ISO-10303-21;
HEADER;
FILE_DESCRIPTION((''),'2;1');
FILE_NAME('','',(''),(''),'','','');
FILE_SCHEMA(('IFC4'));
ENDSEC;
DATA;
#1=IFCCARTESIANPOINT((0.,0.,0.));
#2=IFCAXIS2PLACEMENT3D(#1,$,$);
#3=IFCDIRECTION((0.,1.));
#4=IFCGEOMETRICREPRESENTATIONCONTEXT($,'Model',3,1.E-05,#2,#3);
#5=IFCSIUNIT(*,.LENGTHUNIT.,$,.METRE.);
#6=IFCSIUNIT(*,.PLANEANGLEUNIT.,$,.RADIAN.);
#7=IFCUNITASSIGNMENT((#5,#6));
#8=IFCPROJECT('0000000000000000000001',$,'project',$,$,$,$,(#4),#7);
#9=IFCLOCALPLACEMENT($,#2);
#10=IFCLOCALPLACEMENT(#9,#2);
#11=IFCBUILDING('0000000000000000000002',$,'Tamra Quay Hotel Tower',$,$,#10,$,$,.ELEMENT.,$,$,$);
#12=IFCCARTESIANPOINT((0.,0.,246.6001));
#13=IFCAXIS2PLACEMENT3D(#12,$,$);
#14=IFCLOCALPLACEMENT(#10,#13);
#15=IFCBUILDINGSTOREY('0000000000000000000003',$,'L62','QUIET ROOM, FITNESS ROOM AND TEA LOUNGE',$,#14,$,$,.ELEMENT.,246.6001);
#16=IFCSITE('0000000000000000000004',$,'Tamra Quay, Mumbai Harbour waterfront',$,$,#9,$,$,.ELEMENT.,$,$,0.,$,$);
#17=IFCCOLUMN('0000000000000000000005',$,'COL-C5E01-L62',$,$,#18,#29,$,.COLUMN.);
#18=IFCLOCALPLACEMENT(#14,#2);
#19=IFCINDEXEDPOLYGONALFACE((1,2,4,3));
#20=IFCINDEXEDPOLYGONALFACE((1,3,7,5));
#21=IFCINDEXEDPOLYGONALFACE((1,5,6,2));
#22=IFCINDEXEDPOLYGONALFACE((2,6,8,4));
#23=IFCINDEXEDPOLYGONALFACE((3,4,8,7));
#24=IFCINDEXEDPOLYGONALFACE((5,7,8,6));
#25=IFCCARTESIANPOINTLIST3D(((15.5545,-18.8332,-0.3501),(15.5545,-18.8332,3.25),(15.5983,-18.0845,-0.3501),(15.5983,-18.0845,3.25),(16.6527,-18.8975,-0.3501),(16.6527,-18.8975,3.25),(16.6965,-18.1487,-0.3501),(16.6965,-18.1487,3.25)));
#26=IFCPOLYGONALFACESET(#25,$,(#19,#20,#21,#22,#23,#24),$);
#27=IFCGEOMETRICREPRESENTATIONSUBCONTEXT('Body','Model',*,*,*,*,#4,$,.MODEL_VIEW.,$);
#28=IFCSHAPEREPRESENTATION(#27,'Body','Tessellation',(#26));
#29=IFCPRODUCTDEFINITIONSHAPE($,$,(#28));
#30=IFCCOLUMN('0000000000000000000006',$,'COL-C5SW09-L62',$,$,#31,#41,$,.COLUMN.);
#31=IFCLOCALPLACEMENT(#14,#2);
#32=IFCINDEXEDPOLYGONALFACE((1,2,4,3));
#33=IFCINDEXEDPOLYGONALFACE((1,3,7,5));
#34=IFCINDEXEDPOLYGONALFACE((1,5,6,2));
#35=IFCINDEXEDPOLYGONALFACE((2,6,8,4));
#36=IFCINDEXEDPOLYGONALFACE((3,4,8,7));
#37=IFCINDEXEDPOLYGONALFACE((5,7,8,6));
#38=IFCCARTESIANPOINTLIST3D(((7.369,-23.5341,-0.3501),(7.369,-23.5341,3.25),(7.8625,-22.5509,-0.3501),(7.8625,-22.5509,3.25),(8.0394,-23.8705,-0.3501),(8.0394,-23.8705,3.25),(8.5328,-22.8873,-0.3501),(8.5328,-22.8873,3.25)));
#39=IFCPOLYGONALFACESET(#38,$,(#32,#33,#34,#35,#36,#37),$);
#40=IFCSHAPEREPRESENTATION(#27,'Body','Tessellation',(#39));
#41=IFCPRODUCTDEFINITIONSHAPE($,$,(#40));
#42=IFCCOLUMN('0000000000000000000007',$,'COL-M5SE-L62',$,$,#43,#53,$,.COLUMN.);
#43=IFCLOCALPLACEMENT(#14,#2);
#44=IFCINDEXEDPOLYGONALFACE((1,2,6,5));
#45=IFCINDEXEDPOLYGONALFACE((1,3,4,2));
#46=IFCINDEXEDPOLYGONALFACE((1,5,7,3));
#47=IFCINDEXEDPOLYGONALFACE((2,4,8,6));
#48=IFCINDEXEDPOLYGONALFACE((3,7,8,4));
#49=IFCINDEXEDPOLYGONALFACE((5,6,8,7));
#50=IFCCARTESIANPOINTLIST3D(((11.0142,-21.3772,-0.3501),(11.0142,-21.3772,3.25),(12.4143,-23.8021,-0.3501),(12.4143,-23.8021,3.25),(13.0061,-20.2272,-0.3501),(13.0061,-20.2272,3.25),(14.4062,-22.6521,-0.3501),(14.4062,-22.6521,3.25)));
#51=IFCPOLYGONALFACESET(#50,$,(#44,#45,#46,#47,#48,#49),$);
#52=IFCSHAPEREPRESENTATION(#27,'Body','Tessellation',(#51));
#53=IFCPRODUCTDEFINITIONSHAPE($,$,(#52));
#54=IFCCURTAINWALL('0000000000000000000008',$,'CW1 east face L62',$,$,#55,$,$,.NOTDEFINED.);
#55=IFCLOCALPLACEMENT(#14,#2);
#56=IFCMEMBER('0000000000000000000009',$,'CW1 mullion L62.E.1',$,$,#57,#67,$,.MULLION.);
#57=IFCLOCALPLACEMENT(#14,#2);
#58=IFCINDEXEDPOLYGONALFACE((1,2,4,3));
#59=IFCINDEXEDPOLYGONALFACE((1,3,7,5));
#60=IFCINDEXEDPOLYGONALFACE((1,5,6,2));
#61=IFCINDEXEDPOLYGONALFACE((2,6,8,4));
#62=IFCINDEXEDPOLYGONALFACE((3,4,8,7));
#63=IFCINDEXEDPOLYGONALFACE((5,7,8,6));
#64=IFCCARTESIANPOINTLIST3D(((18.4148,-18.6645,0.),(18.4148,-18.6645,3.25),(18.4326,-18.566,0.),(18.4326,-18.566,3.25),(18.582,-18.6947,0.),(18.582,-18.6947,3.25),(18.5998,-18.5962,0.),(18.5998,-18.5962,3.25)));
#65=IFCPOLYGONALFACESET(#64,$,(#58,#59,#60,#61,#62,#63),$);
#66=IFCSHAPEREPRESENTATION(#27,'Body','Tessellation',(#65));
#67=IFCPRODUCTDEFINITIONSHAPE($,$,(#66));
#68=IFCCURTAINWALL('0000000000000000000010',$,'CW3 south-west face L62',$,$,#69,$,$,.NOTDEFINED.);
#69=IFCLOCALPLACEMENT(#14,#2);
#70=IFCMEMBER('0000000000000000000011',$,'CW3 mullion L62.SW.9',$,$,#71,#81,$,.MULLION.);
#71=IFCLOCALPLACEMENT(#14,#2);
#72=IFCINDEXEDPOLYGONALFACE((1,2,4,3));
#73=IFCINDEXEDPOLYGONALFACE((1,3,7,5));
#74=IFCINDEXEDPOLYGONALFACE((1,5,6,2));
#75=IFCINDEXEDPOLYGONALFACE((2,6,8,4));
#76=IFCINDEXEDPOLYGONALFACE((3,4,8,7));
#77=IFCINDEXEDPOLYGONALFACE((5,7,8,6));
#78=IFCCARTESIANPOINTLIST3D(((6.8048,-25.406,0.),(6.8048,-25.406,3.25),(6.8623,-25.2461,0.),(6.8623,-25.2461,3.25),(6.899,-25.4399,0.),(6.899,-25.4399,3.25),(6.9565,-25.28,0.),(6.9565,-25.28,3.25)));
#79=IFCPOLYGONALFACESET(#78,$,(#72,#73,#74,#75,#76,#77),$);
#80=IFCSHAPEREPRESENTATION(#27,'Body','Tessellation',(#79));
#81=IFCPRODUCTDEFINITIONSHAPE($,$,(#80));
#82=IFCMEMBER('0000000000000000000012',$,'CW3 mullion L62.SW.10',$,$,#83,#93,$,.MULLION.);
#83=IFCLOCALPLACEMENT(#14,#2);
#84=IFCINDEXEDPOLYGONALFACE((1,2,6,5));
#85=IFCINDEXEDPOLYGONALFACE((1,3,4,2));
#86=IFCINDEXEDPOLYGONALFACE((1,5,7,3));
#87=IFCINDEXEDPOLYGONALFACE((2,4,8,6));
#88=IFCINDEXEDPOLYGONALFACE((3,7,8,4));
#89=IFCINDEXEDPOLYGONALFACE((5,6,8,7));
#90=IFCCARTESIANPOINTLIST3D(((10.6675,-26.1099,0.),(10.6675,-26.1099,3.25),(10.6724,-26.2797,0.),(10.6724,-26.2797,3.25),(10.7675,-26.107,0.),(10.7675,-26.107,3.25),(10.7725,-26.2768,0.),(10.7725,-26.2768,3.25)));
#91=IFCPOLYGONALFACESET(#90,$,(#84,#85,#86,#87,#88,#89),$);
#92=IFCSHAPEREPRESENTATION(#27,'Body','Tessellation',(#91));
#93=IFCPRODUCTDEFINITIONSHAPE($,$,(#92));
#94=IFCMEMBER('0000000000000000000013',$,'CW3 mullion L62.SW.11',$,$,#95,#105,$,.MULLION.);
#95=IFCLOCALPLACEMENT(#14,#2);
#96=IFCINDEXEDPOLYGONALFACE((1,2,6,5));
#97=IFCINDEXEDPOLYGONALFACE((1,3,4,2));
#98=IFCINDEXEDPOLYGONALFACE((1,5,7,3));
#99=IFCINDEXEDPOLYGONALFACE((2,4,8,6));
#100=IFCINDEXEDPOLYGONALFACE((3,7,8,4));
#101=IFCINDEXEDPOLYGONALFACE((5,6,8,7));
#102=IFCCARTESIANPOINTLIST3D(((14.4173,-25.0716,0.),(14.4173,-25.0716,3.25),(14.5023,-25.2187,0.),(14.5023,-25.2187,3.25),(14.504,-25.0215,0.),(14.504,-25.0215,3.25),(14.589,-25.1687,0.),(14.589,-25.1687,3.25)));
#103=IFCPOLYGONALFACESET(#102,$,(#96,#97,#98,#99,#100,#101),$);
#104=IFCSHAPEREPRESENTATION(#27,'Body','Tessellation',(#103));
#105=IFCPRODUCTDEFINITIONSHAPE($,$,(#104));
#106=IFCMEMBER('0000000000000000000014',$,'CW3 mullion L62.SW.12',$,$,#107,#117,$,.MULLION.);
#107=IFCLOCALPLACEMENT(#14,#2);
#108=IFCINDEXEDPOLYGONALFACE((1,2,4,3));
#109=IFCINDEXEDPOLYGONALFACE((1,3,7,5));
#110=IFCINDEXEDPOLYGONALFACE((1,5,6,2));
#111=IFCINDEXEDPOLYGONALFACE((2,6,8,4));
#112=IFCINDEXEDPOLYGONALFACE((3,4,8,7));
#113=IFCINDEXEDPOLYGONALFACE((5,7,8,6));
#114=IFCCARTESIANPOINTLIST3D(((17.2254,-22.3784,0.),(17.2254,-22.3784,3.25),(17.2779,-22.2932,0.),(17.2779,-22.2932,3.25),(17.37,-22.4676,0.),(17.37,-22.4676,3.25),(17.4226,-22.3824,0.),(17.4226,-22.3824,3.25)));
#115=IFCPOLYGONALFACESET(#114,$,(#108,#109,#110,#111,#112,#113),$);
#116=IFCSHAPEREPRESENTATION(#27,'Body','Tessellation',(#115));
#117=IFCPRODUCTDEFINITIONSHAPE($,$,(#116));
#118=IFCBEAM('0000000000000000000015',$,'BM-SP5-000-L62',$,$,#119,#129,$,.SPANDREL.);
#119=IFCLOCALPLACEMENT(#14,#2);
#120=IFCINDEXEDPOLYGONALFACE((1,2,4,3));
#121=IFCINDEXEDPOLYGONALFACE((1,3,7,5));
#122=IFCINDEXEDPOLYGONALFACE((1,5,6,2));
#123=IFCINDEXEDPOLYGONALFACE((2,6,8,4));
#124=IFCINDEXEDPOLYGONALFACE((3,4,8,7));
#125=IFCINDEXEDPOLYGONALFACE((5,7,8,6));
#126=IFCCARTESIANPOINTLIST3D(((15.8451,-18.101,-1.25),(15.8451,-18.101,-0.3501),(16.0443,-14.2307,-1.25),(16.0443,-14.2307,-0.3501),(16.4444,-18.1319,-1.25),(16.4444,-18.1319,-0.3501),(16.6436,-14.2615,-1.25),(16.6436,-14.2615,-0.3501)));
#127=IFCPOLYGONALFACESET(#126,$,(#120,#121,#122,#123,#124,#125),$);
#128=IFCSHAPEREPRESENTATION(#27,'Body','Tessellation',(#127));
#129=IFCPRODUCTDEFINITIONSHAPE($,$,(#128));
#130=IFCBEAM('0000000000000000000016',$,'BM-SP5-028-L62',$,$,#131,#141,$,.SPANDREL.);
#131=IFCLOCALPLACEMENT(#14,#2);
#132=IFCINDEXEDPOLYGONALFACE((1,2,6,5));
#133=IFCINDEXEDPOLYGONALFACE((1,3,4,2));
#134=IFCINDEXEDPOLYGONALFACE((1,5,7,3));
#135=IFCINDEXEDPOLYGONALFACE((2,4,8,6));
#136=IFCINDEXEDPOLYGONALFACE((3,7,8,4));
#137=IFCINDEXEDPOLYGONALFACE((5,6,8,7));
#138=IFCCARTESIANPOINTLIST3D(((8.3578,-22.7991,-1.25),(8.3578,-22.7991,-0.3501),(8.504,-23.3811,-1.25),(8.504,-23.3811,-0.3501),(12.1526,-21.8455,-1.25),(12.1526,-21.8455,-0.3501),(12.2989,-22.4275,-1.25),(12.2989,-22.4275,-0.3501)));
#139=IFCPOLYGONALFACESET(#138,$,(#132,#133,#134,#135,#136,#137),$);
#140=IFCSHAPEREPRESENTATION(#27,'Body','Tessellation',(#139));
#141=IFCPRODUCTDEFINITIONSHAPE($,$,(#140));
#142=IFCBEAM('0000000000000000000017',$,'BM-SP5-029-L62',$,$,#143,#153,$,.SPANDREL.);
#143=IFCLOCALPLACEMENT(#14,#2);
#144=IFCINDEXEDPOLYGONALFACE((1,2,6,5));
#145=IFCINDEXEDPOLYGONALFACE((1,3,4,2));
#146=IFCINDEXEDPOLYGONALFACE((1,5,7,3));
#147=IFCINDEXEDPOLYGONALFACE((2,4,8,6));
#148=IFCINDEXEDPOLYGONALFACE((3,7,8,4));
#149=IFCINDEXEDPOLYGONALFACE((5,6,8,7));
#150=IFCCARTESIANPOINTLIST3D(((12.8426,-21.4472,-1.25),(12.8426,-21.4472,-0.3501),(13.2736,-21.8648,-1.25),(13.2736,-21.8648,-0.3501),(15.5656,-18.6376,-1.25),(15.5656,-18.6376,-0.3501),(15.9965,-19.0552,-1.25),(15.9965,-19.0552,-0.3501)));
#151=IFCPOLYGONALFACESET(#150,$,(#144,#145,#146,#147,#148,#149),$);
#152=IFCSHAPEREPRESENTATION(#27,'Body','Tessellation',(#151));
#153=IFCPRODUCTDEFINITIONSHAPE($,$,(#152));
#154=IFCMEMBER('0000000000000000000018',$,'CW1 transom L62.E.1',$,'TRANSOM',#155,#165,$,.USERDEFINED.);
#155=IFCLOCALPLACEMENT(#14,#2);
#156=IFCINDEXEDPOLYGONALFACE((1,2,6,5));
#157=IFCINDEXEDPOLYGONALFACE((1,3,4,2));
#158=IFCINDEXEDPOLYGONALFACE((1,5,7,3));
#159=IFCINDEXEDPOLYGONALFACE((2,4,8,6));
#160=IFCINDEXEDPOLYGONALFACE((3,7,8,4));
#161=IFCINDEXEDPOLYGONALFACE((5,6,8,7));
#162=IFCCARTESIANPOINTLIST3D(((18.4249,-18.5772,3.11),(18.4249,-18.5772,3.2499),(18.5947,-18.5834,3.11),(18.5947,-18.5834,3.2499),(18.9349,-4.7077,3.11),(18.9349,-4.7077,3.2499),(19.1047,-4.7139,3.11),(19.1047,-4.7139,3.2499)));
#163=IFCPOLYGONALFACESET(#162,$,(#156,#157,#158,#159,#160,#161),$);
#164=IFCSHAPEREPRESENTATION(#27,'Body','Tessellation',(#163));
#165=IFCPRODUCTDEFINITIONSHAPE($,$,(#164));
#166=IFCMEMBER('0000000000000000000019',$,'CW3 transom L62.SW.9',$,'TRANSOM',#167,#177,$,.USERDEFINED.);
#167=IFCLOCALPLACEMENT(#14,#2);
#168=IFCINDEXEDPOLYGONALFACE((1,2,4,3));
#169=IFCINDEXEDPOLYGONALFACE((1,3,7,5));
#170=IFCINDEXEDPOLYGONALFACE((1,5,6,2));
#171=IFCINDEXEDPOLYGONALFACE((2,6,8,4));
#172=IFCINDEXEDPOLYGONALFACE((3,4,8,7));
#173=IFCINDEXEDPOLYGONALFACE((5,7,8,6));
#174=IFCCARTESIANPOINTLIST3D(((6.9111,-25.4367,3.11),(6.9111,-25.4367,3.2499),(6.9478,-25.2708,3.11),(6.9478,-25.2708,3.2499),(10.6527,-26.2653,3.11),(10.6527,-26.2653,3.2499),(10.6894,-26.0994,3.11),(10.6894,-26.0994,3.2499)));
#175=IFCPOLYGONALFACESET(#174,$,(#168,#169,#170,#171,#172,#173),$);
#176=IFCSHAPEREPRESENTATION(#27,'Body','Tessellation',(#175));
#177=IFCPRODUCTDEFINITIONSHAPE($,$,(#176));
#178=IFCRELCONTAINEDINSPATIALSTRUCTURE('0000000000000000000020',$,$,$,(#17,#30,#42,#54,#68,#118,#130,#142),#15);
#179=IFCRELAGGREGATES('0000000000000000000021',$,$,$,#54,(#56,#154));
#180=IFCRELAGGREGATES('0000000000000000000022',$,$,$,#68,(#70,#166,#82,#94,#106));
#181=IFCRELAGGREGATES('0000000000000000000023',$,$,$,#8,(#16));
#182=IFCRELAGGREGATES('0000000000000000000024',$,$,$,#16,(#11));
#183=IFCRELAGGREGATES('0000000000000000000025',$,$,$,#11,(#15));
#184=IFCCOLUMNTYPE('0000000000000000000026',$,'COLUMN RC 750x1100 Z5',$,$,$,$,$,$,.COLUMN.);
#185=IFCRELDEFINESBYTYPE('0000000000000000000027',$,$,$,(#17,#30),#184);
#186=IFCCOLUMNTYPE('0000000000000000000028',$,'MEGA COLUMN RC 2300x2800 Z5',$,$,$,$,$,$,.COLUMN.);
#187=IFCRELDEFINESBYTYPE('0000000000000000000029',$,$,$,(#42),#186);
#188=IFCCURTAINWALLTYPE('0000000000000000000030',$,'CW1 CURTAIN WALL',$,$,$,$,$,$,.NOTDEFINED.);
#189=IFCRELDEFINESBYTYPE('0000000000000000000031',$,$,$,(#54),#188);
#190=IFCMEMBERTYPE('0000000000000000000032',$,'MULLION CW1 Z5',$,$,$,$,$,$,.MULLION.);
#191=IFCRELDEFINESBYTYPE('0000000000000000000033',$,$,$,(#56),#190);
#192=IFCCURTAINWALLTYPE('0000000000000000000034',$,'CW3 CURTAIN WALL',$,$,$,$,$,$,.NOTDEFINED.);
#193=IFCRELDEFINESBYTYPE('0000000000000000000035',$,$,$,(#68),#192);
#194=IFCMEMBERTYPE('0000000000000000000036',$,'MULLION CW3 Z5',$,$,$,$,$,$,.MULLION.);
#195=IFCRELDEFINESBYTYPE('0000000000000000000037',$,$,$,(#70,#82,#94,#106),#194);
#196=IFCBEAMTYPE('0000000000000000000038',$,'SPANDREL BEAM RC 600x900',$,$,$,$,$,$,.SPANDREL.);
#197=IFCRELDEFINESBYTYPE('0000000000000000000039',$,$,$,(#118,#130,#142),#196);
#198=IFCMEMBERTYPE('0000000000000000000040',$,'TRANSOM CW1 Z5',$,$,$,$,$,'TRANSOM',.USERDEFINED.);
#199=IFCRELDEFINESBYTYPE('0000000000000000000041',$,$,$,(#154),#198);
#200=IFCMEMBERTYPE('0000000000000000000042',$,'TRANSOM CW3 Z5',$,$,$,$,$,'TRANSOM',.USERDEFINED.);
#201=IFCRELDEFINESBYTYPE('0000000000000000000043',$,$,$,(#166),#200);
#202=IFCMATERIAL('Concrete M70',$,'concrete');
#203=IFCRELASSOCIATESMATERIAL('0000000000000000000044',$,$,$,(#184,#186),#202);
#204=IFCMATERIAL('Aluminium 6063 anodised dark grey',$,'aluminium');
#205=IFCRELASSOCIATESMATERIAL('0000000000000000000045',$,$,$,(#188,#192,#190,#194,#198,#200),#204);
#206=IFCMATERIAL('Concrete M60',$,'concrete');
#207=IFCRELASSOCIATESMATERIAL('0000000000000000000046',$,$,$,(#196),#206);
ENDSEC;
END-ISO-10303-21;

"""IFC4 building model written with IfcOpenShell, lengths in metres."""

from ifc_helpers import new_model, si_unit, direction, frame, origin, origin_2d, place, context, subcontext, project, spatial, rectangle, extrude, material, material_profile, profile_set, type_object, element, aggregate, save


model = new_model("IFC4")

# Units and contexts
model_context = context("Model", 3, precision=1e-05, world=origin(), true_north=direction((0.0, 1.0)))
body_context = subcontext(model_context, "Body", "Model", "MODEL_VIEW")
ifc_project = project(units=[si_unit("LENGTHUNIT", "METRE"), si_unit("PLANEANGLEUNIT", "RADIAN")], contexts=[model_context])

# Site, building, storey
site_placement = place(None, origin())
site = spatial("IfcSite", under=ifc_project, at=site_placement, Name="Tamra Quay, Mumbai Harbour waterfront", CompositionType="ELEMENT", RefElevation=0.0)
building_placement = place(site_placement, origin())
building = spatial("IfcBuilding", under=site, at=building_placement, Name="Tamra Quay Hotel Tower", CompositionType="ELEMENT")
storey_placement = place(building_placement, frame((0.0, 0.0, 246.6001)))
storey = spatial("IfcBuildingStorey", under=building, at=storey_placement, Name="L62", Description="QUIET ROOM, FITNESS ROOM AND TEA LOUNGE", CompositionType="ELEMENT", Elevation=246.6001)

# Columns
ifc_material_1 = material(Name="Concrete M70", Category="concrete")
ifc_material_profile_1 = material_profile(ifc_material_1, rectangle(XDim=1.1001, YDim=0.75, at=origin_2d()), Name="COLUMN RC 750x1100 Z5")
ifc_profile_set_1 = profile_set([ifc_material_profile_1], Name="Concrete M70")
column_type_1 = type_object("IfcColumnType", Name="COLUMN RC 750x1100 Z5", PredefinedType="COLUMN", material=ifc_profile_set_1)
for number, where, z_axis, x_axis, name in (
    (1, (16.1255, -18.491, -0.3501), (0.0, 0.0, 1.0), (-0.998292, 0.05842, 0.0), "COL-C5E01-L62"),
    (2, (7.9509, -23.2107, -0.3501), (0.0, 0.0, 1.0), (0.448553, 0.893756, 0.0), "COL-C5SW09-L62"),
):
    element("IfcColumn", number, at=place(storey_placement, frame(where, z_axis=z_axis, x_axis=x_axis)), inside=storey, type_object=column_type_1, Name=name, PredefinedType="COLUMN", context=body_context, shape_type="SweptSolid", body=[
        extrude(rectangle(XDim=1.1001, YDim=0.75, at=origin_2d()), origin(), (0.0, 0.0, 1.0), 3.6001),
    ])
ifc_material_profile_2 = material_profile(ifc_material_1, rectangle(XDim=2.8, YDim=2.3, at=origin_2d()), Name="MEGA COLUMN RC 2300x2800 Z5")
ifc_profile_set_2 = profile_set([ifc_material_profile_2], Name="Concrete M70")
column_type_2 = type_object("IfcColumnType", Name="MEGA COLUMN RC 2300x2800 Z5", PredefinedType="COLUMN", material=ifc_profile_set_2)
column_placement = place(storey_placement, frame((12.7102, -22.0146, -0.3501), z_axis=(0.0, 0.0, 1.0), x_axis=(-0.5, 0.866025, 0.0)))
element("IfcColumn", 3, at=column_placement, inside=storey, type_object=column_type_2, Name="COL-M5SE-L62", PredefinedType="COLUMN", context=body_context, shape_type="SweptSolid", body=[
    extrude(rectangle(XDim=2.8, YDim=2.3, at=origin_2d()), origin(), (0.0, 0.0, 1.0), 3.6001),
])

# Curtain wall, member
ifc_material_2 = material(Name="Aluminium 6063 anodised dark grey", Category="aluminium")
curtain_wall_type_1 = type_object("IfcCurtainWallType", Name="CW1 CURTAIN WALL", PredefinedType="NOTDEFINED", material=ifc_material_2)
curtain_wall_1_placement = place(storey_placement, origin())
curtain_wall_1 = element("IfcCurtainWall", 4, at=curtain_wall_1_placement, inside=storey, type_object=curtain_wall_type_1, Name="CW1 east face L62", PredefinedType="NOTDEFINED")
ifc_material_profile_3 = material_profile(ifc_material_2, rectangle(XDim=0.1699, YDim=0.1001, at=origin_2d()), Name="MULLION 100X170")
ifc_profile_set_3 = profile_set([ifc_material_profile_3], Name="Aluminium 6063 anodised dark grey")
member_type_1 = type_object("IfcMemberType", Name="MULLION CW1 Z5", PredefinedType="MULLION", material=ifc_profile_set_3)
member_1_placement = place(storey_placement, frame((18.5073, -18.6304, 0.0), z_axis=(0.0, 0.0, 1.0), x_axis=(0.984105, -0.177586, 0.0)))
member_1 = element("IfcMember", 5, at=member_1_placement, type_object=member_type_1, Name="CW1 mullion L62.E.1", PredefinedType="MULLION", context=body_context, shape_type="SweptSolid", body=[
    extrude(rectangle(XDim=0.1699, YDim=0.1001, at=origin_2d()), origin(), (0.0, 0.0, 1.0), 3.25),
])

# Curtain wall, members
curtain_wall_type_2 = type_object("IfcCurtainWallType", Name="CW3 CURTAIN WALL", PredefinedType="NOTDEFINED", material=ifc_material_2)
curtain_wall_2_placement = place(storey_placement, origin())
curtain_wall_2 = element("IfcCurtainWall", 6, at=curtain_wall_2_placement, inside=storey, type_object=curtain_wall_type_2, Name="CW3 south-west face L62", PredefinedType="NOTDEFINED")
ifc_material_profile_4 = material_profile(ifc_material_2, rectangle(XDim=0.1699, YDim=0.1001, at=origin_2d()), Name="MULLION 100X170")
ifc_profile_set_4 = profile_set([ifc_material_profile_4], Name="Aluminium 6063 anodised dark grey")
member_type_2 = type_object("IfcMemberType", Name="MULLION CW3 Z5", PredefinedType="MULLION", material=ifc_profile_set_4)
member_2_placement = place(storey_placement, frame((6.8806, -25.343, 0.0), z_axis=(0.0, 0.0, 1.0), x_axis=(-0.338259, -0.941053, 0.0)))
member_2 = element("IfcMember", 7, at=member_2_placement, type_object=member_type_2, Name="CW3 mullion L62.SW.9", PredefinedType="MULLION", context=body_context, shape_type="SweptSolid", body=[
    extrude(rectangle(XDim=0.1699, YDim=0.1001, at=origin_2d()), origin(), (0.0, 0.0, 1.0), 3.25),
])
member_3_placement = place(storey_placement, frame((10.72, -26.1934, 0.0), z_axis=(0.0, 0.0, 1.0), x_axis=(0.029223, -0.999573, 0.0)))
member_3 = element("IfcMember", 8, at=member_3_placement, type_object=member_type_2, Name="CW3 mullion L62.SW.10", PredefinedType="MULLION", context=body_context, shape_type="SweptSolid", body=[
    extrude(rectangle(XDim=0.1699, YDim=0.1001, at=origin_2d()), origin(), (0.0, 0.0, 1.0), 3.25),
])
member_4_placement = place(storey_placement, frame((14.5032, -25.1201, 0.0), z_axis=(0.0, 0.0, 1.0), x_axis=(0.5, -0.866025, 0.0)))
member_4 = element("IfcMember", 9, at=member_4_placement, type_object=member_type_2, Name="CW3 mullion L62.SW.11", PredefinedType="MULLION", context=body_context, shape_type="SweptSolid", body=[
    extrude(rectangle(XDim=0.1699, YDim=0.1001, at=origin_2d()), origin(), (0.0, 0.0, 1.0), 3.25),
])
member_5_placement = place(storey_placement, frame((17.324, -22.3804, 0.0), z_axis=(0.0, 0.0, 1.0), x_axis=(0.851044, -0.525094, 0.0)))
member_5 = element("IfcMember", 10, at=member_5_placement, type_object=member_type_2, Name="CW3 mullion L62.SW.12", PredefinedType="MULLION", context=body_context, shape_type="SweptSolid", body=[
    extrude(rectangle(XDim=0.1699, YDim=0.1001, at=origin_2d()), origin(), (0.0, 0.0, 1.0), 3.25),
])

# Beams
ifc_material_3 = material(Name="Concrete M60", Category="concrete")
ifc_material_profile_5 = material_profile(ifc_material_3, rectangle(XDim=0.6001, YDim=0.8999, at=origin_2d()), Name="SPANDREL BEAM RC 600x900")
ifc_profile_set_5 = profile_set([ifc_material_profile_5], Name="Concrete M60")
beam_type = type_object("IfcBeamType", Name="SPANDREL BEAM RC 600x900", PredefinedType="SPANDREL", material=ifc_profile_set_5)
beam_1_placement = place(storey_placement, frame((16.1448, -18.1165, -0.8), z_axis=(0.051405, 0.998678, 0.0), x_axis=(-0.998678, 0.051405, 0.0)))
element("IfcBeam", 11, at=beam_1_placement, inside=storey, type_object=beam_type, Name="BM-SP5-000-L62", PredefinedType="SPANDREL", context=body_context, shape_type="SweptSolid", body=[
    extrude(rectangle(XDim=0.6001, YDim=0.8999, at=origin_2d()), origin(), (0.0, 0.0, 1.0), 3.8755),
])
beam_2_placement = place(storey_placement, frame((8.4309, -23.0901, -0.8), z_axis=(0.969848, 0.24371, 0.0), x_axis=(-0.24371, 0.969848, 0.0)))
element("IfcBeam", 12, at=beam_2_placement, inside=storey, type_object=beam_type, Name="BM-SP5-028-L62", PredefinedType="SPANDREL", context=body_context, shape_type="SweptSolid", body=[
    extrude(rectangle(XDim=0.6001, YDim=0.8999, at=origin_2d()), origin(), (0.0, 0.0, 1.0), 3.9128),
])
beam_3_placement = place(storey_placement, frame((13.0581, -21.656, -0.8), z_axis=(0.695944, 0.718096, 0.0), x_axis=(-0.718096, 0.695944, 0.0)))
element("IfcBeam", 13, at=beam_3_placement, inside=storey, type_object=beam_type, Name="BM-SP5-029-L62", PredefinedType="SPANDREL", context=body_context, shape_type="SweptSolid", body=[
    extrude(rectangle(XDim=0.6001, YDim=0.8999, at=origin_2d()), origin(), (0.0, 0.0, 1.0), 3.9126),
])

# Members
ifc_material_profile_6 = material_profile(ifc_material_2, rectangle(XDim=0.1699, YDim=0.1399, at=origin_2d()), Name="TRANSOM 170X140")
ifc_profile_set_6 = profile_set([ifc_material_profile_6], Name="Aluminium 6063 anodised dark grey")
member_type_3 = type_object("IfcMemberType", Name="TRANSOM CW1 Z5", ElementType="TRANSOM", PredefinedType="USERDEFINED", material=ifc_profile_set_6)
member_6_placement = place(storey_placement, frame((18.5098, -18.5803, 3.1799), z_axis=(0.036747, 0.999325, 0.0), x_axis=(-0.999325, 0.036747, 0.0)))
member_6 = element("IfcMember", 14, at=member_6_placement, type_object=member_type_3, Name="CW1 transom L62.E.1", ObjectType="TRANSOM", PredefinedType="USERDEFINED", context=body_context, shape_type="SweptSolid", body=[
    extrude(rectangle(XDim=0.1699, YDim=0.1399, at=origin_2d()), origin(), (0.0, 0.0, 1.0), 13.8789),
])
ifc_material_profile_7 = material_profile(ifc_material_2, rectangle(XDim=0.1699, YDim=0.1399, at=origin_2d()), Name="TRANSOM 170X140")
ifc_profile_set_7 = profile_set([ifc_material_profile_7], Name="Aluminium 6063 anodised dark grey")
member_type_4 = type_object("IfcMemberType", Name="TRANSOM CW3 Z5", ElementType="TRANSOM", PredefinedType="USERDEFINED", material=ifc_profile_set_7)
member_7_placement = place(storey_placement, frame((6.9294, -25.3538, 3.1799), z_axis=(0.976346, -0.216215, 0.0), x_axis=(0.216215, 0.976346, 0.0)))
member_7 = element("IfcMember", 15, at=member_7_placement, type_object=member_type_4, Name="CW3 transom L62.SW.9", ObjectType="TRANSOM", PredefinedType="USERDEFINED", context=body_context, shape_type="SweptSolid", body=[
    extrude(rectangle(XDim=0.1699, YDim=0.1399, at=origin_2d()), origin(), (0.0, 0.0, 1.0), 3.8323),
])

aggregate(curtain_wall_1, [member_1, member_6])
aggregate(curtain_wall_2, [member_2, member_7, member_3, member_4, member_5])

save(model, "model.ifc")
